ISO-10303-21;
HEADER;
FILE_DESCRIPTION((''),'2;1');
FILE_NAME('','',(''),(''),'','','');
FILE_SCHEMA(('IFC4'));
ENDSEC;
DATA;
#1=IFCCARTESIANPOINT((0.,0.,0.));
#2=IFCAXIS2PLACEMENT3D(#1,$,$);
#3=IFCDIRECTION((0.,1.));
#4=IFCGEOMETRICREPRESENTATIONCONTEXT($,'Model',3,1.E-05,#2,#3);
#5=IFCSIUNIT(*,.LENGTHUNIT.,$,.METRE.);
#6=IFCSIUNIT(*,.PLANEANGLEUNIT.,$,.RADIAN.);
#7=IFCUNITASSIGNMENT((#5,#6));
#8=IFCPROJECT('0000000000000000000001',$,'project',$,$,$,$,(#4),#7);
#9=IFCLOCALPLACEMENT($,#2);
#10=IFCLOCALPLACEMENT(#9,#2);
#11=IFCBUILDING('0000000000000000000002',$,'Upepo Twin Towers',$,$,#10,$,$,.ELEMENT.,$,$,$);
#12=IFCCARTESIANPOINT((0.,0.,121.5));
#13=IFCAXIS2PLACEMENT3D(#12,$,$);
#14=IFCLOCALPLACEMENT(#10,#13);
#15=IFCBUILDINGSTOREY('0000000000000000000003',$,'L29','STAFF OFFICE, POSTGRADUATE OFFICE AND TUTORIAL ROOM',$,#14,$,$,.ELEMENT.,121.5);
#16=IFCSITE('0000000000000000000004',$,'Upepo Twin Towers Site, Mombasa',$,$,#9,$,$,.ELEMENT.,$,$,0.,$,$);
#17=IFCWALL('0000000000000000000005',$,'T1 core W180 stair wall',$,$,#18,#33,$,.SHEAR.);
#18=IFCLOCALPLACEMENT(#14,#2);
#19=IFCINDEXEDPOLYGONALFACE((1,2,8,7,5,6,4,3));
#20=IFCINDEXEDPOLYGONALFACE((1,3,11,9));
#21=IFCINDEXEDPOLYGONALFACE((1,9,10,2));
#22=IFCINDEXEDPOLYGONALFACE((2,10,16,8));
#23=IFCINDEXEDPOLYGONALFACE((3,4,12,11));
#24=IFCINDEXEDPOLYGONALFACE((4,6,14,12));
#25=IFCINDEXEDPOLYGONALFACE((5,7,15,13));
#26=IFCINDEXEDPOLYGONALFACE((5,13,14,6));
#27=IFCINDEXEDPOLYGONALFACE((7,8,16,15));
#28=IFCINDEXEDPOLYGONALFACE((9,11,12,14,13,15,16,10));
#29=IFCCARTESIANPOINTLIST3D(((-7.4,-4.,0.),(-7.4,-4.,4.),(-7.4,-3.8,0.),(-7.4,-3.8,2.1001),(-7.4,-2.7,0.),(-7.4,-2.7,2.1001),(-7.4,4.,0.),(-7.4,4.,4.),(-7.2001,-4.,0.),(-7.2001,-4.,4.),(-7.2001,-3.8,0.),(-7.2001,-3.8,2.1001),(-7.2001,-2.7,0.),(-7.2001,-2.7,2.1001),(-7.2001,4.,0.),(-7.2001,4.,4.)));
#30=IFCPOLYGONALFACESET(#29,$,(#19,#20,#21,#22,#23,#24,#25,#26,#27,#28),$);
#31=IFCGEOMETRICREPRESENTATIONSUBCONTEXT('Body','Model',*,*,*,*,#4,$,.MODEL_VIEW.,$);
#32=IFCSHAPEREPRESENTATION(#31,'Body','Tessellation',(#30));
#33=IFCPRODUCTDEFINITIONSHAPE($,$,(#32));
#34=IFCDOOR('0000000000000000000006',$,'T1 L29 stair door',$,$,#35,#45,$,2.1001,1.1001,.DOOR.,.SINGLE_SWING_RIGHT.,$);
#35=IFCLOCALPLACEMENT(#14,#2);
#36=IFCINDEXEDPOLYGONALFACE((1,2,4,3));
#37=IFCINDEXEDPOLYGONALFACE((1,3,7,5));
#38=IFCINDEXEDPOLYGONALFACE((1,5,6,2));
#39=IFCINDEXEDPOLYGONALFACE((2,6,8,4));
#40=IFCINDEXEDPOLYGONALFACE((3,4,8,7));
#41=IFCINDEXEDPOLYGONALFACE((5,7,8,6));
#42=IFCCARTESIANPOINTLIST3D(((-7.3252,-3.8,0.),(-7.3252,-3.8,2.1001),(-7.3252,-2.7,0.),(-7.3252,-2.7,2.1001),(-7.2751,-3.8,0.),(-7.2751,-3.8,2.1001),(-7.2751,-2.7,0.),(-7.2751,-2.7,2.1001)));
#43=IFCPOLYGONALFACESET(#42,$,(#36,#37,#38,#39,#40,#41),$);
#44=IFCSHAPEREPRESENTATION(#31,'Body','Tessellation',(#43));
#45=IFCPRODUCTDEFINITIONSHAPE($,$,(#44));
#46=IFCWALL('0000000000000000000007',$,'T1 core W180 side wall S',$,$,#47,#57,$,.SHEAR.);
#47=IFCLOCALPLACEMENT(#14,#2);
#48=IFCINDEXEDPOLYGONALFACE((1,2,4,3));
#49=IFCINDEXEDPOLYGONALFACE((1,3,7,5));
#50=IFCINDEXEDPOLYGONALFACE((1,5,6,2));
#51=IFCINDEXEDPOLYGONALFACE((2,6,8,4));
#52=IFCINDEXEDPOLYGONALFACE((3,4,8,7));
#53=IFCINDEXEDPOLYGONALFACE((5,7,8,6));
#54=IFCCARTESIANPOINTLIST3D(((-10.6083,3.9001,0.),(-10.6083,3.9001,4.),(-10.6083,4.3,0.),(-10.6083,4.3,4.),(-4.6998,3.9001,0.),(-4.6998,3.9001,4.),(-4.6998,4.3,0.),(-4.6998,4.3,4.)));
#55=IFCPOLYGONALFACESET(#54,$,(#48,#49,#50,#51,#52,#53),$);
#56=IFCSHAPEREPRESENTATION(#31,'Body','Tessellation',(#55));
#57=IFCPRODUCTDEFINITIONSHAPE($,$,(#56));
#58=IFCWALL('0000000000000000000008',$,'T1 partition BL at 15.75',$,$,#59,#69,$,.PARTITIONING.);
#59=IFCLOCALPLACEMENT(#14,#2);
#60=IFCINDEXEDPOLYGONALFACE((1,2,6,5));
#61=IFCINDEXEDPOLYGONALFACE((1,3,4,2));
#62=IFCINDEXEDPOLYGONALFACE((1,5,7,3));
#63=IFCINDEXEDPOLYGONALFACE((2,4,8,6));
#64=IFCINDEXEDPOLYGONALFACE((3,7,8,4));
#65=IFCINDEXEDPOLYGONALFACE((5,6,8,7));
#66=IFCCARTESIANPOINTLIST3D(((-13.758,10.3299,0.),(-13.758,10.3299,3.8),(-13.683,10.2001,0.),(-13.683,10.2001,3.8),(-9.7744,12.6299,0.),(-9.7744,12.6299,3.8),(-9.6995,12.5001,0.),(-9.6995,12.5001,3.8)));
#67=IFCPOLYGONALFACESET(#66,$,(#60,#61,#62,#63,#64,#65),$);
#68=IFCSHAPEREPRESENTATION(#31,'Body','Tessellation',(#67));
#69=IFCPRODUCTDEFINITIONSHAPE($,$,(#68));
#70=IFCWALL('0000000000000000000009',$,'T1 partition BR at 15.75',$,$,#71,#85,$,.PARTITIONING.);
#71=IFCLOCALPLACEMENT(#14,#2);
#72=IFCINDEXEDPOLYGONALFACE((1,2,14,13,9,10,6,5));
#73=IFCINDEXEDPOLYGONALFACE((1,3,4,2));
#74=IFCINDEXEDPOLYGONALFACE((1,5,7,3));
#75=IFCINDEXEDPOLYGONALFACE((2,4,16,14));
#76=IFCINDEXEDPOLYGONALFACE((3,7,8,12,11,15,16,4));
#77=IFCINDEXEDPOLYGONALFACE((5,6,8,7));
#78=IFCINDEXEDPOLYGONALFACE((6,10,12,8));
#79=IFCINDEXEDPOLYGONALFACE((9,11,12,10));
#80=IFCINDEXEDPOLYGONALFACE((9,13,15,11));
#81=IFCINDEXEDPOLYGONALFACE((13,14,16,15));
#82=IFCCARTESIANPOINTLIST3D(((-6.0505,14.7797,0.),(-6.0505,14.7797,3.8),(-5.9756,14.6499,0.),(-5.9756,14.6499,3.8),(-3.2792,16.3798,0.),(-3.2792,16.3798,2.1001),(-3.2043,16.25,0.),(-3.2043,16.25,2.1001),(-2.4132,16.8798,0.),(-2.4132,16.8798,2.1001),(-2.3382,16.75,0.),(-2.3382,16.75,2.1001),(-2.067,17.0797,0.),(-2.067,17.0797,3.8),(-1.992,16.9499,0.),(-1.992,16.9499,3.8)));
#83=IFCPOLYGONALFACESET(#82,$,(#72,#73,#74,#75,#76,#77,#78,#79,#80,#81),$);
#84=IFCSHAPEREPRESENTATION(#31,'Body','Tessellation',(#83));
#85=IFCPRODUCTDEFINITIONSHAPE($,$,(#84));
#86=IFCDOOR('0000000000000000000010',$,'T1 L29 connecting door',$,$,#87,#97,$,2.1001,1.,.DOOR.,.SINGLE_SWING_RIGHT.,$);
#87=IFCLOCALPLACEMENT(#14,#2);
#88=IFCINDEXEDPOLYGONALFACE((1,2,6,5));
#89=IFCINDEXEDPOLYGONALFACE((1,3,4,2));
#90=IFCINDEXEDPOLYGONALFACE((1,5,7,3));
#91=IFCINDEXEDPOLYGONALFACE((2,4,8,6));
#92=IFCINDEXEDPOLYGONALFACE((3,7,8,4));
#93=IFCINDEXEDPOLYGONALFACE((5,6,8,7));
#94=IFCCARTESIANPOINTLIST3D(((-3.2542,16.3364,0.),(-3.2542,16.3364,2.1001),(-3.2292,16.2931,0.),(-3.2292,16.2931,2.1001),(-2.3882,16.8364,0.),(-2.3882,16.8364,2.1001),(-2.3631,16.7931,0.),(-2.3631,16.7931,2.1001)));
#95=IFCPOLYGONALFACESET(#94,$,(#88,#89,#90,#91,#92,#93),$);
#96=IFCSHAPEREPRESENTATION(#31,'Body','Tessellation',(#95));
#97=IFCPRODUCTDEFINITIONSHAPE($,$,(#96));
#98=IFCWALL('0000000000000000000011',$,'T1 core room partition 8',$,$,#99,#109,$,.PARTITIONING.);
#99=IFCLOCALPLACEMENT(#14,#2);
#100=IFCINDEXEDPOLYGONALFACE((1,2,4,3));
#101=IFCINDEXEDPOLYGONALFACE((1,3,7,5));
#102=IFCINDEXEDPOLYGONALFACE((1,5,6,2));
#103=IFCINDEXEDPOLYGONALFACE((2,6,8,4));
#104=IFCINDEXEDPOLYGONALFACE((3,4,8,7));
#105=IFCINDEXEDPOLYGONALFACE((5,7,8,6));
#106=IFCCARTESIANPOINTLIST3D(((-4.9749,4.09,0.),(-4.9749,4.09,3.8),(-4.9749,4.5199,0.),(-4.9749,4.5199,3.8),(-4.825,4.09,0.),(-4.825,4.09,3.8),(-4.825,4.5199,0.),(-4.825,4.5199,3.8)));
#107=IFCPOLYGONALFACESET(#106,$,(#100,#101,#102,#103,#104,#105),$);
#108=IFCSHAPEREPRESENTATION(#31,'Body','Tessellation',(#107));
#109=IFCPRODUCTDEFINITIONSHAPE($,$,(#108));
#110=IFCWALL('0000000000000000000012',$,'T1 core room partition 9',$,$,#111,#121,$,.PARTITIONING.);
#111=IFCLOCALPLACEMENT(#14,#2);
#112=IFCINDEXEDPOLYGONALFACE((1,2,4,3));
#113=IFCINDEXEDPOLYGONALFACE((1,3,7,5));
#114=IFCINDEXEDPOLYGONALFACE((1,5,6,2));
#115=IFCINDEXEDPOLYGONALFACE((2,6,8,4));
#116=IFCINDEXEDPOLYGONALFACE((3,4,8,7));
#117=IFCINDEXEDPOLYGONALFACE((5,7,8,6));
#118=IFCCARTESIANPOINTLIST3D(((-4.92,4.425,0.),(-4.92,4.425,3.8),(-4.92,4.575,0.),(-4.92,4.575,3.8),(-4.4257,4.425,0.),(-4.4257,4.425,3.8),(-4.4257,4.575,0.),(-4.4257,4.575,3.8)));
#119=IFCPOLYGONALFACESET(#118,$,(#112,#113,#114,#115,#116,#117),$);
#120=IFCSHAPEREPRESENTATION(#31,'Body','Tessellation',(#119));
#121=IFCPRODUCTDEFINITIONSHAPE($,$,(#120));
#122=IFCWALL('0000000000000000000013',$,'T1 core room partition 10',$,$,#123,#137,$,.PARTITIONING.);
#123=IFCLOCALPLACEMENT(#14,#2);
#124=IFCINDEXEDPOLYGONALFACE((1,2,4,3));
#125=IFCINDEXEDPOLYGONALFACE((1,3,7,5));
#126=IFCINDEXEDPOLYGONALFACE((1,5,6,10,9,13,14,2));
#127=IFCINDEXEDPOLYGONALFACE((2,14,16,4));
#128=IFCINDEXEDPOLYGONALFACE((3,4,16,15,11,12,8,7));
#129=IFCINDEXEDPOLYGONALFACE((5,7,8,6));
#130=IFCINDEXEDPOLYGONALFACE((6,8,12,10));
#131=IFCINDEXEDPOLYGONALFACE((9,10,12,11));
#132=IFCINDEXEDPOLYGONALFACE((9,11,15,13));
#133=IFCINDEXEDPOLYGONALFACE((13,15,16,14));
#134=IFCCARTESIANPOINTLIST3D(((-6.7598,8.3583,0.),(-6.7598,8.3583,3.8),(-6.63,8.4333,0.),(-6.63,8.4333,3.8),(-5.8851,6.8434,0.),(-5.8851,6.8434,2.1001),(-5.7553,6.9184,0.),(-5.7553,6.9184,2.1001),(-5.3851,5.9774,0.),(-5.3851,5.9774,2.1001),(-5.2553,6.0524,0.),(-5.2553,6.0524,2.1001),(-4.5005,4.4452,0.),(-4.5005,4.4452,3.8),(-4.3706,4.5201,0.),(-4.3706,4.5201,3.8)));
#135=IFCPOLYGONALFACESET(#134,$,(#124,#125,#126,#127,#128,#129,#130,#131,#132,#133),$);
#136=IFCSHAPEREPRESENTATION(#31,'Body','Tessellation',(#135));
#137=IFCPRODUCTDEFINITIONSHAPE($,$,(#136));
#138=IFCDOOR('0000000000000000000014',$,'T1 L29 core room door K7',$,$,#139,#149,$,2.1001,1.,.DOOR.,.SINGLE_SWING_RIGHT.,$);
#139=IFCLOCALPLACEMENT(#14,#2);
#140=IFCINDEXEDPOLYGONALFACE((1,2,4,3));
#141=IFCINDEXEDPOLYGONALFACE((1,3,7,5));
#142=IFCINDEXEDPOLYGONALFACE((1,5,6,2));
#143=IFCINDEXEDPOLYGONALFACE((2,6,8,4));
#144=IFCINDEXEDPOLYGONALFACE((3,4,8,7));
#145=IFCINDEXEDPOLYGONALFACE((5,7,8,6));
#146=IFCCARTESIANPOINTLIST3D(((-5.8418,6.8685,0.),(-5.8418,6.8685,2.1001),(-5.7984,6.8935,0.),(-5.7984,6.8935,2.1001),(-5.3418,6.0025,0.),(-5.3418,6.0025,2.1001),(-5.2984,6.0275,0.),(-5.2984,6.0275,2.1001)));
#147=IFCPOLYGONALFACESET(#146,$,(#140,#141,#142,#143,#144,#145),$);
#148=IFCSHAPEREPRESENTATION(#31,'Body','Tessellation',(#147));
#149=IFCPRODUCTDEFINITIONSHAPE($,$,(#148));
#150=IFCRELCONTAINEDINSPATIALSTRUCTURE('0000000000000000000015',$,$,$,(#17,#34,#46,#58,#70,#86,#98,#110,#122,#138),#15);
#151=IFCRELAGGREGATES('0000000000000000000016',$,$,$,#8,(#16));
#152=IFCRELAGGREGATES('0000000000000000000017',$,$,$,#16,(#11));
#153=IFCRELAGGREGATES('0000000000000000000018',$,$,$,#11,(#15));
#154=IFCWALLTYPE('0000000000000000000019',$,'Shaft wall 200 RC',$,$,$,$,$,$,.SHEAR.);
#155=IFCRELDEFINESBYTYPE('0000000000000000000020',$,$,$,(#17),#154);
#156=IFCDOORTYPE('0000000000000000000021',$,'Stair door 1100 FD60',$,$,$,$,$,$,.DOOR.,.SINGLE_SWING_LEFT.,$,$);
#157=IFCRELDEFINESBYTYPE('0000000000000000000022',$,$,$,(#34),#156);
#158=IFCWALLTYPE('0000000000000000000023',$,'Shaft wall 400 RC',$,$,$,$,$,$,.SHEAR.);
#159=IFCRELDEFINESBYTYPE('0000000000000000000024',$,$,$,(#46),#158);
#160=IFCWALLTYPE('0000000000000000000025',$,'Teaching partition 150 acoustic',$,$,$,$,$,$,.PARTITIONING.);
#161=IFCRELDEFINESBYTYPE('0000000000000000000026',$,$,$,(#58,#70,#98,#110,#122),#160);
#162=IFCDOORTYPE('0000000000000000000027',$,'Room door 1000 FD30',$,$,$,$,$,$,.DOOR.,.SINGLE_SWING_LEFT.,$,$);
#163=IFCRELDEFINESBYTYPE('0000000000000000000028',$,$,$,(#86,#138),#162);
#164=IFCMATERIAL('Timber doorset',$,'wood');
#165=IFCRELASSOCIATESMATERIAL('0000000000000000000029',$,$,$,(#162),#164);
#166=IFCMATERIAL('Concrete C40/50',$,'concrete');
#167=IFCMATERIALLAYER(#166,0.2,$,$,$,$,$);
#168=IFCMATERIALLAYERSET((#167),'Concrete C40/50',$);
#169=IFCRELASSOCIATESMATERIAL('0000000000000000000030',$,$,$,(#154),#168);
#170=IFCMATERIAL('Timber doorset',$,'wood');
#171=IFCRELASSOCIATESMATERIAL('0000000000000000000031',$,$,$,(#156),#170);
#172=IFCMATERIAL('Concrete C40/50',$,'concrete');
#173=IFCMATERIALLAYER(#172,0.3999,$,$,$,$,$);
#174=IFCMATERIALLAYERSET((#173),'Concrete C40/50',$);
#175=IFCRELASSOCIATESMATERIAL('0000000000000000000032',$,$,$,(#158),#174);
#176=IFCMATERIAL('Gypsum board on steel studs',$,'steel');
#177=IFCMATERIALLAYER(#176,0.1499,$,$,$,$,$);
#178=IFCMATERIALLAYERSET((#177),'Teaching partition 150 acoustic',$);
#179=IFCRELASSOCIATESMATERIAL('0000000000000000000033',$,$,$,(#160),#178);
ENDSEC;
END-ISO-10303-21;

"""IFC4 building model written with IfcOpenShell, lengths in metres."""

from ifc_helpers import new_model, si_unit, direction, frame, frame_2d, origin, place, context, subcontext, project, spatial, rectangle, extrude, material, layer, layer_set, type_object, element, fill, save


model = new_model("IFC4")

# Units and contexts
model_context = context("Model", 3, precision=1e-05, world=origin(), true_north=direction((0.0, 1.0)))
body_context = subcontext(model_context, "Body", "Model", "MODEL_VIEW")
ifc_project = project(units=[si_unit("LENGTHUNIT", "METRE"), si_unit("PLANEANGLEUNIT", "RADIAN")], contexts=[model_context])

# Site, building, storey
site_placement = place(None, origin())
site = spatial("IfcSite", under=ifc_project, at=site_placement, Name="Upepo Twin Towers Site, Mombasa", CompositionType="ELEMENT", RefElevation=0.0)
building_placement = place(site_placement, origin())
building = spatial("IfcBuilding", under=site, at=building_placement, Name="Upepo Twin Towers", CompositionType="ELEMENT")
storey_placement = place(building_placement, frame((0.0, 0.0, 121.5)))
storey = spatial("IfcBuildingStorey", under=building, at=storey_placement, Name="L29", Description="STAFF OFFICE, POSTGRADUATE OFFICE AND TUTORIAL ROOM", CompositionType="ELEMENT", Elevation=121.5)

# Shared definitions
ifc_material_1 = material(Name="Timber doorset", Category="wood")
door_type_1 = type_object("IfcDoorType", Name="Room door 1000 FD30", OperationType="SINGLE_SWING_LEFT", PredefinedType="DOOR", material=ifc_material_1)

# Shared definitions
ifc_material_2 = material(Name="Concrete C40/50", Category="concrete")
ifc_layer_1 = layer(ifc_material_2, 0.2)
ifc_layer_set_1 = layer_set([ifc_layer_1], Name="Concrete C40/50")
wall_type_1 = type_object("IfcWallType", Name="Shaft wall 200 RC", PredefinedType="SHEAR", material=ifc_layer_set_1)

# Wall, opening, door
wall_1_placement = place(storey_placement, frame((-7.3, 4.0, 0.0), z_axis=(0.0, 0.0, 1.0), x_axis=(0.0, -1.0, 0.0)))
wall_1 = element("IfcWall", 1, at=wall_1_placement, inside=storey, type_object=wall_type_1, Name="T1 core W180 stair wall", PredefinedType="SHEAR", context=body_context, shape_type="SweptSolid", body=[
    extrude(rectangle(XDim=8.0, YDim=0.2, at=frame_2d((4.0, 0.0))), origin(), (0.0, 0.0, 1.0), 4.0),
])
opening_1_placement = place(wall_1_placement, frame((6.7, 0.0, 0.0)))
opening_1 = element("IfcOpeningElement", 2, at=opening_1_placement, cuts=wall_1, PredefinedType="OPENING", context=body_context, shape_type="SweptSolid", body=[
    extrude(rectangle(XDim=1.1001, YDim=2.1001, at=frame_2d((0.55, 1.05))), frame((0.0, 0.1099, 0.0), z_axis=(0.0, -1.0, 0.0), x_axis=(1.0, 0.0, 0.0)), (0.0, 0.0, 1.0), 0.22),
])
ifc_material_3 = material(Name="Timber doorset", Category="wood")
door_type_2 = type_object("IfcDoorType", Name="Stair door 1100 FD60", OperationType="SINGLE_SWING_LEFT", PredefinedType="DOOR", material=ifc_material_3)
door_1_placement = place(opening_1_placement, origin())
door_1 = element("IfcDoor", 3, at=door_1_placement, inside=storey, type_object=door_type_2, Name="T1 L29 stair door", OperationType="SINGLE_SWING_RIGHT", OverallHeight=2.1001, OverallWidth=1.1001, PredefinedType="DOOR", context=body_context, shape_type="SweptSolid", body=[
    extrude(rectangle(XDim=1.1001, YDim=2.1001, at=frame_2d((0.55, 1.05))), frame((0.0, 0.0249, 0.0), z_axis=(0.0, -1.0, 0.0), x_axis=(1.0, 0.0, 0.0)), (0.0, 0.0, 1.0), 0.05),
])
fill(opening_1, door_1)

# Walls
ifc_material_4 = material(Name="Concrete C40/50", Category="concrete")
ifc_layer_2 = layer(ifc_material_4, 0.3999)
ifc_layer_set_2 = layer_set([ifc_layer_2], Name="Concrete C40/50")
wall_type_2 = type_object("IfcWallType", Name="Shaft wall 400 RC", PredefinedType="SHEAR", material=ifc_layer_set_2)
wall_2_placement = place(storey_placement, frame((-4.7, 4.1001, 0.0), z_axis=(0.0, 0.0, 1.0), x_axis=(-1.0, 0.0, 0.0)))
element("IfcWall", 4, at=wall_2_placement, inside=storey, type_object=wall_type_2, Name="T1 core W180 side wall S", PredefinedType="SHEAR", context=body_context, shape_type="SweptSolid", body=[
    extrude(rectangle(XDim=5.9084, YDim=0.3999, at=frame_2d((2.9541, 0.0))), origin(), (0.0, 0.0, 1.0), 4.0),
])
ifc_material_5 = material(Name="Gypsum board on steel studs", Category="steel")
ifc_layer_3 = layer(ifc_material_5, 0.1499)
ifc_layer_set_3 = layer_set([ifc_layer_3], Name="Teaching partition 150 acoustic")
wall_type_3 = type_object("IfcWallType", Name="Teaching partition 150 acoustic", PredefinedType="PARTITIONING", material=ifc_layer_set_3)
wall_3_placement = place(storey_placement, frame((-9.7371, 12.5649, 0.0), z_axis=(0.0, 0.0, 1.0), x_axis=(-0.866017, -0.500015, 0.0)))
element("IfcWall", 5, at=wall_3_placement, inside=storey, type_object=wall_type_3, Name="T1 partition BL at 15.75", PredefinedType="PARTITIONING", context=body_context, shape_type="SweptSolid", body=[
    extrude(rectangle(XDim=4.5999, YDim=0.1499, at=frame_2d((2.2998, 0.0))), origin(), (0.0, 0.0, 1.0), 3.8),
])

# Wall, opening, door
wall_4_placement = place(storey_placement, frame((-6.0129, 14.7148, 0.0), z_axis=(0.0, 0.0, 1.0), x_axis=(0.866017, 0.500015, 0.0)))
wall_4 = element("IfcWall", 6, at=wall_4_placement, inside=storey, type_object=wall_type_3, Name="T1 partition BR at 15.75", PredefinedType="PARTITIONING", context=body_context, shape_type="SweptSolid", body=[
    extrude(rectangle(XDim=4.5999, YDim=0.1499, at=frame_2d((2.2998, 0.0))), origin(), (0.0, 0.0, 1.0), 3.8),
])
opening_2_placement = place(wall_4_placement, frame((3.2, 0.0, 0.0)))
opening_2 = element("IfcOpeningElement", 7, at=opening_2_placement, cuts=wall_4, PredefinedType="OPENING", context=body_context, shape_type="SweptSolid", body=[
    extrude(rectangle(XDim=1.0, YDim=2.1001, at=frame_2d((0.5, 1.05))), frame((0.0, 0.085, 0.0), z_axis=(0.0, -1.0, 0.0), x_axis=(1.0, 0.0, 0.0)), (0.0, 0.0, 1.0), 0.1699),
])
door_2_placement = place(opening_2_placement, origin())
door_2 = element("IfcDoor", 8, at=door_2_placement, inside=storey, type_object=door_type_1, Name="T1 L29 connecting door", OperationType="SINGLE_SWING_RIGHT", OverallHeight=2.1001, OverallWidth=1.0, PredefinedType="DOOR", context=body_context, shape_type="SweptSolid", body=[
    extrude(rectangle(XDim=1.0, YDim=2.1001, at=frame_2d((0.5, 1.05))), frame((0.0, 0.0249, 0.0), z_axis=(0.0, -1.0, 0.0), x_axis=(1.0, 0.0, 0.0)), (0.0, 0.0, 1.0), 0.05),
])
fill(opening_2, door_2)

# Walls
wall_5_placement = place(storey_placement, frame((-4.8999, 4.0901, 0.0), z_axis=(0.0, 0.0, 1.0), x_axis=(0.0, 1.0, 0.0)))
element("IfcWall", 9, at=wall_5_placement, inside=storey, type_object=wall_type_3, Name="T1 core room partition 8", PredefinedType="PARTITIONING", context=body_context, shape_type="SweptSolid", body=[
    extrude(rectangle(XDim=0.4299, YDim=0.1499, at=frame_2d((0.2148, 0.0))), origin(), (0.0, 0.0, 1.0), 3.8),
])
wall_6_placement = place(storey_placement, frame((-4.9199, 4.5, 0.0), z_axis=(0.0, 0.0, 1.0), x_axis=(1.0, 0.0, 0.0)))
element("IfcWall", 10, at=wall_6_placement, inside=storey, type_object=wall_type_3, Name="T1 core room partition 9", PredefinedType="PARTITIONING", context=body_context, shape_type="SweptSolid", body=[
    extrude(rectangle(XDim=0.4944, YDim=0.1499, at=frame_2d((0.2471, 0.0))), origin(), (0.0, 0.0, 1.0), 3.8),
])

# Wall, opening, door
wall_7_placement = place(storey_placement, frame((-4.4355, 4.4827, 0.0), z_axis=(0.0, 0.0, 1.0), x_axis=(-0.500009, 0.86602, 0.0)))
wall_7 = element("IfcWall", 11, at=wall_7_placement, inside=storey, type_object=wall_type_3, Name="T1 core room partition 10", PredefinedType="PARTITIONING", context=body_context, shape_type="SweptSolid", body=[
    extrude(rectangle(XDim=4.5186, YDim=0.1499, at=frame_2d((2.2593, 0.0))), origin(), (0.0, 0.0, 1.0), 3.8),
])
opening_3_placement = place(wall_7_placement, frame((1.7693, 0.0, 0.0)))
opening_3 = element("IfcOpeningElement", 12, at=opening_3_placement, cuts=wall_7, PredefinedType="OPENING", context=body_context, shape_type="SweptSolid", body=[
    extrude(rectangle(XDim=1.0, YDim=2.1001, at=frame_2d((0.5, 1.05))), frame((0.0, 0.085, 0.0), z_axis=(0.0, -1.0, 0.0), x_axis=(1.0, 0.0, 0.0)), (0.0, 0.0, 1.0), 0.1699),
])
door_3_placement = place(opening_3_placement, origin())
door_3 = element("IfcDoor", 13, at=door_3_placement, inside=storey, type_object=door_type_1, Name="T1 L29 core room door K7", OperationType="SINGLE_SWING_RIGHT", OverallHeight=2.1001, OverallWidth=1.0, PredefinedType="DOOR", context=body_context, shape_type="SweptSolid", body=[
    extrude(rectangle(XDim=1.0, YDim=2.1001, at=frame_2d((0.5, 1.05))), frame((0.0, 0.0249, 0.0), z_axis=(0.0, -1.0, 0.0), x_axis=(1.0, 0.0, 0.0)), (0.0, 0.0, 1.0), 0.05),
])
fill(opening_3, door_3)

save(model, "model.ifc")
